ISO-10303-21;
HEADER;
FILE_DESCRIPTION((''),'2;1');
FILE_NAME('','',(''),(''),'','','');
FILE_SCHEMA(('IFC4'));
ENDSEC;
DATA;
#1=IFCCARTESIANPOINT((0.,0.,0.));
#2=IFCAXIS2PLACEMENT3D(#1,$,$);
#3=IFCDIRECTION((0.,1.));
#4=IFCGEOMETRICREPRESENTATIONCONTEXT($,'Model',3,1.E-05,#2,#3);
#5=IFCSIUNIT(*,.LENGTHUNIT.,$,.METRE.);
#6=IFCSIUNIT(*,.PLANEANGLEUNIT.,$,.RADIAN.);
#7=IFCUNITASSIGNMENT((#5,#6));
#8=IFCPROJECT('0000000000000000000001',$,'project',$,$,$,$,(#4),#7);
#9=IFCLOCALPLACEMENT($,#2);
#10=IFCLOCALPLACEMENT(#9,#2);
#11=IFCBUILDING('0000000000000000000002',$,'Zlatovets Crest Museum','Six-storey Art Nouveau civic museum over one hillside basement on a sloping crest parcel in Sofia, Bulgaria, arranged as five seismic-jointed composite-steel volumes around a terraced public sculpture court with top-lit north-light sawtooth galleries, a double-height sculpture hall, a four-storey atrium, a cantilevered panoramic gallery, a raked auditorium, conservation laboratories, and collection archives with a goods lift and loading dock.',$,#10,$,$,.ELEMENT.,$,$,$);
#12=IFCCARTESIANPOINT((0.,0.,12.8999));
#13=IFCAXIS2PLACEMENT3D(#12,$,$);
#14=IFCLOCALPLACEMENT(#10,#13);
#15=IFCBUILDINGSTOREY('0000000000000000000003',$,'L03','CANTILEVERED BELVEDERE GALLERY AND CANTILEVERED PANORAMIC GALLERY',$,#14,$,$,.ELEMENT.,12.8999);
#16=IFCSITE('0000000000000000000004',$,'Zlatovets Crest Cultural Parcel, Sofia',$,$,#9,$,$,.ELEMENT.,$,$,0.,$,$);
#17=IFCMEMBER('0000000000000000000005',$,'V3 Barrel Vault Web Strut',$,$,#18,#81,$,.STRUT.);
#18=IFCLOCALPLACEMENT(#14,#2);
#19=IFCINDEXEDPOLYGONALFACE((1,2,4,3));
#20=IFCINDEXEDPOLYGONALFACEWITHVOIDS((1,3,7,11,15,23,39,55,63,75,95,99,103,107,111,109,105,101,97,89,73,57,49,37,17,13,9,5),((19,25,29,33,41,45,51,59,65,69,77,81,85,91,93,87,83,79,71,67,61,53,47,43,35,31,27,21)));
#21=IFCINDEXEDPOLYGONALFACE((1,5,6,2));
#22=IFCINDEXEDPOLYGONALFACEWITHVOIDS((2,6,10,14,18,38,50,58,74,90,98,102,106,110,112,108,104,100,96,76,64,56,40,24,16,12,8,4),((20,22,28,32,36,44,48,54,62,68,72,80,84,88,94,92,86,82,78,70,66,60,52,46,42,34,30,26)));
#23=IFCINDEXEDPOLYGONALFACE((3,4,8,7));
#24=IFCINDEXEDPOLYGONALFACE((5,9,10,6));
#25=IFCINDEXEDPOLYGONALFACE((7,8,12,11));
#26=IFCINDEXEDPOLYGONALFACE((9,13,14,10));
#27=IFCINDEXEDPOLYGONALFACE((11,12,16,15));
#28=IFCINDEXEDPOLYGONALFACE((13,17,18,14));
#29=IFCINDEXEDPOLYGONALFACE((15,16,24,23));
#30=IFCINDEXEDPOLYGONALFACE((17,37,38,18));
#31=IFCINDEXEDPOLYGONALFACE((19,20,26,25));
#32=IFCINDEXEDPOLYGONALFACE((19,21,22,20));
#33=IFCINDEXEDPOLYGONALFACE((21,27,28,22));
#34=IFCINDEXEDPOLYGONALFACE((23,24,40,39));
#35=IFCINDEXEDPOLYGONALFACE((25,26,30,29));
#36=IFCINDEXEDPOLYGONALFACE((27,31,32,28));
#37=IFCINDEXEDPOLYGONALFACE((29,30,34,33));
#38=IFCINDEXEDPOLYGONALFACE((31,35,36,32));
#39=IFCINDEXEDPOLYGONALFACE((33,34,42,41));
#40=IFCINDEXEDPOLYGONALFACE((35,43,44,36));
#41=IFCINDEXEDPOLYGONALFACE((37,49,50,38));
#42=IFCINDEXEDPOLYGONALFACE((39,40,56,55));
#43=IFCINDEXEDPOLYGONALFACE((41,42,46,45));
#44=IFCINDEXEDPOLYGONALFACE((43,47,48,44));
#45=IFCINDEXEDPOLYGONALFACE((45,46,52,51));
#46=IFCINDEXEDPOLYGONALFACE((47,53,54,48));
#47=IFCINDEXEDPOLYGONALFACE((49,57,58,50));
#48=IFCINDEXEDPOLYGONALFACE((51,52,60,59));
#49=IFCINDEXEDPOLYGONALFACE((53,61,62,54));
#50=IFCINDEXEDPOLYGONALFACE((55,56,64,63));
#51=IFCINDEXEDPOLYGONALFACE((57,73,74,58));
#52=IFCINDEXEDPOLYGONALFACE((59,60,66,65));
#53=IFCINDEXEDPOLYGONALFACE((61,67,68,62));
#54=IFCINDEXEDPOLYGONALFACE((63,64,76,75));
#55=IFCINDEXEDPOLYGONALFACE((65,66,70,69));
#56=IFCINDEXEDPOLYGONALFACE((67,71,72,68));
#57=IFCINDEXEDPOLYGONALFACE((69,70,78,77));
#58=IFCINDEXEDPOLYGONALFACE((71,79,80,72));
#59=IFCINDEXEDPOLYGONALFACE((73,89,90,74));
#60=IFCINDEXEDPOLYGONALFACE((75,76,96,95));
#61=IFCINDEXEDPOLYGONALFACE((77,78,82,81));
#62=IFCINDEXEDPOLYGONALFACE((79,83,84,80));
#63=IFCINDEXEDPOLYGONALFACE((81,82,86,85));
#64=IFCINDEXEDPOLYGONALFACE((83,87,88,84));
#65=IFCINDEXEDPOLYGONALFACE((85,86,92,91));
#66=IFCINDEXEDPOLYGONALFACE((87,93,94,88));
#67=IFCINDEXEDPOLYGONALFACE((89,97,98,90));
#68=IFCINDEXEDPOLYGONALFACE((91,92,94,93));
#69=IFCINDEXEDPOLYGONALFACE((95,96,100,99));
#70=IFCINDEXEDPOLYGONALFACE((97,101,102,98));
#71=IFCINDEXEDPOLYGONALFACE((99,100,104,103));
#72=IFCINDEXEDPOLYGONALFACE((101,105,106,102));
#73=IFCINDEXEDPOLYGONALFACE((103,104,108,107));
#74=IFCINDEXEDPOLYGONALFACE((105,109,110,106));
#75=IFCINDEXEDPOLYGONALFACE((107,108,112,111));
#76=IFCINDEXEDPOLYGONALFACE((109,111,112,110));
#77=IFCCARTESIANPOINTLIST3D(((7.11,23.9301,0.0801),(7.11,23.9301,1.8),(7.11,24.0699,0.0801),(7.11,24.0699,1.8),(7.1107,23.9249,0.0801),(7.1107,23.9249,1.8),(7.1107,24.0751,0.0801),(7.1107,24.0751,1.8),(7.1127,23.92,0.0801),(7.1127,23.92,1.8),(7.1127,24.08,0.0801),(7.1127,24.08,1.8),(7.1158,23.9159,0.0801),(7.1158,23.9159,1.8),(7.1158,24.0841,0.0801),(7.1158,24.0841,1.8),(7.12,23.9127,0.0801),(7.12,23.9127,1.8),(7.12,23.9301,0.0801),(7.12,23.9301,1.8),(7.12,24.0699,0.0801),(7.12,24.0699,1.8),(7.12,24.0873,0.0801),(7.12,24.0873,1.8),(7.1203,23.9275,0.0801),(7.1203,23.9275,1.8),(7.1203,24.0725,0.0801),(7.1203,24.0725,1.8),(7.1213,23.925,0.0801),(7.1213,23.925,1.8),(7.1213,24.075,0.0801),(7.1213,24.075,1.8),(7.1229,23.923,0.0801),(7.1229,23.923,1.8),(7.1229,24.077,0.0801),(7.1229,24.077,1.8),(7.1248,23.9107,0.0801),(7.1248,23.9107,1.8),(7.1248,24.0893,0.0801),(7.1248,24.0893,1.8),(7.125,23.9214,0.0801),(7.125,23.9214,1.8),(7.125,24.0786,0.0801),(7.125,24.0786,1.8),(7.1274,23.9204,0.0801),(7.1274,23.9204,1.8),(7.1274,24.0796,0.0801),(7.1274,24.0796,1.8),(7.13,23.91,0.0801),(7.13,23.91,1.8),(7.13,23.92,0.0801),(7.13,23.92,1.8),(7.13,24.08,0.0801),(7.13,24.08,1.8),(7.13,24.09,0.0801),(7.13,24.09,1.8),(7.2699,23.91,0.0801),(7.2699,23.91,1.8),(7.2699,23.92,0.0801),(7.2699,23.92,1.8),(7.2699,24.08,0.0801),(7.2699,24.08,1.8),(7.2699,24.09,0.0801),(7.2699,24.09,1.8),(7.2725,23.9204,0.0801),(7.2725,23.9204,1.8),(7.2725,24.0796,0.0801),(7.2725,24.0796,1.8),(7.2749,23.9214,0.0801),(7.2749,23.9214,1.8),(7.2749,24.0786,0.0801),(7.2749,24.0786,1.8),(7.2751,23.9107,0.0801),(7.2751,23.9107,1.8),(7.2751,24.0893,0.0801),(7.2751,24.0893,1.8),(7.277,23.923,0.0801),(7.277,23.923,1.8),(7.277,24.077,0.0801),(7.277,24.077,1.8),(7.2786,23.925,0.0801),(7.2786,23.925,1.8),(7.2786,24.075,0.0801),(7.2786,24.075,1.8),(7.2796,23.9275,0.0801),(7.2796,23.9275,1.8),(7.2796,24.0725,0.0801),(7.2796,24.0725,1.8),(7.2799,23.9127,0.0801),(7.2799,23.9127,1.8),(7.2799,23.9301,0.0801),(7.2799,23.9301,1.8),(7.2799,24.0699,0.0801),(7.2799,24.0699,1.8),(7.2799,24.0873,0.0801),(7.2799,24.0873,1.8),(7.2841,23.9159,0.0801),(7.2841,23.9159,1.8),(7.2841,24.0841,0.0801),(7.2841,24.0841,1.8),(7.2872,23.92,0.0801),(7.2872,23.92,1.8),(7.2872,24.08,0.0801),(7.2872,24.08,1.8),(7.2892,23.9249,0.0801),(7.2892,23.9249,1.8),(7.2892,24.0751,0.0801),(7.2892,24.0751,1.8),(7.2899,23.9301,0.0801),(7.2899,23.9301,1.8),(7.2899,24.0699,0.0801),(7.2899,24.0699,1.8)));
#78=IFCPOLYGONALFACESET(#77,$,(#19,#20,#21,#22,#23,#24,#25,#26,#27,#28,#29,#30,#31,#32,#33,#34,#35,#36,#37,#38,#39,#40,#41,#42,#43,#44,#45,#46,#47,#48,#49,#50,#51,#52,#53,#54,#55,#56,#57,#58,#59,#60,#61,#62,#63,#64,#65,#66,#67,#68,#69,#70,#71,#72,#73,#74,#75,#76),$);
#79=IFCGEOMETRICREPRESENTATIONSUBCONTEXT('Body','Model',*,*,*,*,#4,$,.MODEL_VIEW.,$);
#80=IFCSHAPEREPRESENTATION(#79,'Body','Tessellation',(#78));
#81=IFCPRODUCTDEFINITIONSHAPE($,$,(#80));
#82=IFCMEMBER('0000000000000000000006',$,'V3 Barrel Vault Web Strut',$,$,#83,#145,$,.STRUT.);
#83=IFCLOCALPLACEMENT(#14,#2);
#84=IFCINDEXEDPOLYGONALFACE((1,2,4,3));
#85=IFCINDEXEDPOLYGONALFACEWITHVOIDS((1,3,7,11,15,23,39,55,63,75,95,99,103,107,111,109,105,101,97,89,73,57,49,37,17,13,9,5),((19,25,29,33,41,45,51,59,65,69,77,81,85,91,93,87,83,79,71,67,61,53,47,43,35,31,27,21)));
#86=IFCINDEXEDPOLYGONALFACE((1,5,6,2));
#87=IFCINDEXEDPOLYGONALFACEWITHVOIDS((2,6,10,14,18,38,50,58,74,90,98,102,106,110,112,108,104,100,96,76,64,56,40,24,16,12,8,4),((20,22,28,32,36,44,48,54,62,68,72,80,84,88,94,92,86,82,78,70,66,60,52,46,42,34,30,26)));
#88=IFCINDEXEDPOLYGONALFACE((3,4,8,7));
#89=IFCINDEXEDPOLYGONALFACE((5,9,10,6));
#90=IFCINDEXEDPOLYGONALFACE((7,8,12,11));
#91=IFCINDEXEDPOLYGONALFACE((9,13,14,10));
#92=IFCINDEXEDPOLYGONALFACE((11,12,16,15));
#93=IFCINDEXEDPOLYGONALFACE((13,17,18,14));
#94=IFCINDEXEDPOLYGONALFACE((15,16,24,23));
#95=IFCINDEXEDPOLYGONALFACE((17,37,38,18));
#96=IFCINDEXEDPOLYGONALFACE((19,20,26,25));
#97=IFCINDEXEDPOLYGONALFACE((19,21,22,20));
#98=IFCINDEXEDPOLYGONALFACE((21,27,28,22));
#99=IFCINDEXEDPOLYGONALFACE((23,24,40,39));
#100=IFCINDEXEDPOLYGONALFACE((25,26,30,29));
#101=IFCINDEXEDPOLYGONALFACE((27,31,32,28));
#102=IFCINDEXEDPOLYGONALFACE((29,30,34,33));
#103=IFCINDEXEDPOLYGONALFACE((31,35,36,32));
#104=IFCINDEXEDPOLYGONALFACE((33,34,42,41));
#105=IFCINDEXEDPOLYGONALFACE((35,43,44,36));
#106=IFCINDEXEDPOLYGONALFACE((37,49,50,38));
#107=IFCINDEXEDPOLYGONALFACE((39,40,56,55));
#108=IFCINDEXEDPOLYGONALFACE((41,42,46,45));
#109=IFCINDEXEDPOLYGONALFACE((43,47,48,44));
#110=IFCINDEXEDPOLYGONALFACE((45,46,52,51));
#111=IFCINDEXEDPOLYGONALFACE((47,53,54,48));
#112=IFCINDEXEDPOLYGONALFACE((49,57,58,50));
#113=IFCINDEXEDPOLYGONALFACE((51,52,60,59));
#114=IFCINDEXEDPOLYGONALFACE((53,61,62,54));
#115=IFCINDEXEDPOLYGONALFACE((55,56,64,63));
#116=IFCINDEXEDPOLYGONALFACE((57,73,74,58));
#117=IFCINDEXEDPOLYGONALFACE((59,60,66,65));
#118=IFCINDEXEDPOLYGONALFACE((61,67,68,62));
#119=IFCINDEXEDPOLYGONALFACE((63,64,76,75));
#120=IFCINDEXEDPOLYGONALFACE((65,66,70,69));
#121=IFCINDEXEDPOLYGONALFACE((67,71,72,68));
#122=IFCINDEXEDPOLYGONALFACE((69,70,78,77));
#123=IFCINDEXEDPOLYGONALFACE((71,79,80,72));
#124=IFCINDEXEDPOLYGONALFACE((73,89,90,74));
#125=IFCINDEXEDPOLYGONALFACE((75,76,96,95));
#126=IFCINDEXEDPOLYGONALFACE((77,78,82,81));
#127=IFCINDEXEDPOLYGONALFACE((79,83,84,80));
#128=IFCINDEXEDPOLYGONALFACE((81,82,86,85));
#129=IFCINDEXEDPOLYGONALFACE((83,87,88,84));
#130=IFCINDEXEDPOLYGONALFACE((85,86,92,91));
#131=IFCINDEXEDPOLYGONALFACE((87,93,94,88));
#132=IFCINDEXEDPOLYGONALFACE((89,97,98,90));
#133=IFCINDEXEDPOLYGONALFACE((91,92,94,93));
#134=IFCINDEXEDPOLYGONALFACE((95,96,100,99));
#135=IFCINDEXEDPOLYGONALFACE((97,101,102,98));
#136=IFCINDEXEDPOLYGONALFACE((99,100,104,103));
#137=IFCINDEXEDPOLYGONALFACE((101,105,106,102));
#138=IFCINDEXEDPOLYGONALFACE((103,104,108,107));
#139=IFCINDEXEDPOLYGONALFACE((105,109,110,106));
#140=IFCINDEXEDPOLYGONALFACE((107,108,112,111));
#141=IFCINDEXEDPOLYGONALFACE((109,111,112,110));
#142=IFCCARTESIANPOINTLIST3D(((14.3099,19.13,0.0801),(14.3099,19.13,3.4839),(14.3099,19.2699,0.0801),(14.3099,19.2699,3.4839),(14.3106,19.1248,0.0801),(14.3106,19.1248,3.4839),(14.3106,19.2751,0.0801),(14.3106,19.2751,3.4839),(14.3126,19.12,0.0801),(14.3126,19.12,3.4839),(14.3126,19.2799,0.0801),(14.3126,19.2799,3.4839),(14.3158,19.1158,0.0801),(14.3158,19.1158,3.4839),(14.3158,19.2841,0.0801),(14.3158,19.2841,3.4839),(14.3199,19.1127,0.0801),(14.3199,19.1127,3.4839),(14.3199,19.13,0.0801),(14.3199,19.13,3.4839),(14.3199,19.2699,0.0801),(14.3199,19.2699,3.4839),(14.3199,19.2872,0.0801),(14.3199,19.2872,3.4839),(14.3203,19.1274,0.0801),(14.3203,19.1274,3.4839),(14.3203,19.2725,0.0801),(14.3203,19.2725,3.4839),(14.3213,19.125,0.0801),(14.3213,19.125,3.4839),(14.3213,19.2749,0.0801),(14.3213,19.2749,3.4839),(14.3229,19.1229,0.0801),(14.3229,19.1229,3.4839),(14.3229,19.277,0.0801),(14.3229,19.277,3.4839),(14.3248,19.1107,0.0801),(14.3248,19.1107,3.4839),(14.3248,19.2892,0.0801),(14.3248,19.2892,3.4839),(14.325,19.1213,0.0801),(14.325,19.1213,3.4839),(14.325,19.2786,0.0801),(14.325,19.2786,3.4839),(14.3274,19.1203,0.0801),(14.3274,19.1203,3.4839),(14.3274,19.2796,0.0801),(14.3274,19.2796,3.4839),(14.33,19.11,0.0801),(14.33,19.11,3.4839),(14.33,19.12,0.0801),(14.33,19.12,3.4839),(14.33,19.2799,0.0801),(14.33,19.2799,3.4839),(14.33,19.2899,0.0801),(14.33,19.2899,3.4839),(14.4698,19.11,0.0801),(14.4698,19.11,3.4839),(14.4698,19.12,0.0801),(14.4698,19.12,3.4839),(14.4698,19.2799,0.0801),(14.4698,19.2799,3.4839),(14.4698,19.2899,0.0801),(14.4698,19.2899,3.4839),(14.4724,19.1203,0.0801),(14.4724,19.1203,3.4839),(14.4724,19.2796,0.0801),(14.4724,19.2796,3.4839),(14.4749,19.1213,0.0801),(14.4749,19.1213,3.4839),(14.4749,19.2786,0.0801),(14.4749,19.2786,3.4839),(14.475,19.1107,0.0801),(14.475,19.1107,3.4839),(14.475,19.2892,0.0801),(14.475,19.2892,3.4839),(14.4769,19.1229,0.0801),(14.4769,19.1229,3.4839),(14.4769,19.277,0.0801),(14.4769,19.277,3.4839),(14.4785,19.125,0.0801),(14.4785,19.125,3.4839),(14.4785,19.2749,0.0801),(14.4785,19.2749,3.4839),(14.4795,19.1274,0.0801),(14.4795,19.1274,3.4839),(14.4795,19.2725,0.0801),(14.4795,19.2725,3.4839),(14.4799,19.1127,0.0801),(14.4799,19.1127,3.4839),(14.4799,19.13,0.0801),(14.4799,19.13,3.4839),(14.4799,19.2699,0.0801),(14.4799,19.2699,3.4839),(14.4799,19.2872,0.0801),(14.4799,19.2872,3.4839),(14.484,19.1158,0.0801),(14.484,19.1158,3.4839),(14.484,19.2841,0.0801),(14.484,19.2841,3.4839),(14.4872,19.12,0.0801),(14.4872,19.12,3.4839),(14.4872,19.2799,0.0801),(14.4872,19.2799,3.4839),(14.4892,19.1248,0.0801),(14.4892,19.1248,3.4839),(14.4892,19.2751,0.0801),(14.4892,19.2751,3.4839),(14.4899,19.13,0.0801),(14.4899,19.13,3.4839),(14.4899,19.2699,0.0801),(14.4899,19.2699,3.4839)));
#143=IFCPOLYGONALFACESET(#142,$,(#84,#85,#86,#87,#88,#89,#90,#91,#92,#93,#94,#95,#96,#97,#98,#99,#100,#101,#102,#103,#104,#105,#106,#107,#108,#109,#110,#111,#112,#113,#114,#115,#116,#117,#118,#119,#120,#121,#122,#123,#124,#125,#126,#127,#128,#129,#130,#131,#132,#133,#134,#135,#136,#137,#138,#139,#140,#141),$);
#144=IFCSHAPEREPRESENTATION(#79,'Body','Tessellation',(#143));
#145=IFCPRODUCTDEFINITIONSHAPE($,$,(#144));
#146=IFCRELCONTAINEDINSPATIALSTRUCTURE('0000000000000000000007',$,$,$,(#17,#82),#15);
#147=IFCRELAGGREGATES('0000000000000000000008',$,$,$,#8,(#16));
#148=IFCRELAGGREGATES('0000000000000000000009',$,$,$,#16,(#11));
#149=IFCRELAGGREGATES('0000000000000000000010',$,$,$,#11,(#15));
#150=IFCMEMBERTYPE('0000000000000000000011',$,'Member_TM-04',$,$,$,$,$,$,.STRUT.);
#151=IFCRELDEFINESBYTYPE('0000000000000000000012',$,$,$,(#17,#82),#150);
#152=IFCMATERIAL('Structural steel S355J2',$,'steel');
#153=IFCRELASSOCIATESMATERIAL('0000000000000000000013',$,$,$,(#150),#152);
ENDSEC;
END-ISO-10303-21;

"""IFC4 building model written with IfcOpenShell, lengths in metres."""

from ifc_helpers import new_model, si_unit, direction, frame, origin, origin_2d, place, context, subcontext, project, spatial, hollow_rectangle, extrude, material, material_profile, profile_set, type_object, element, save


model = new_model("IFC4")

# Units and contexts
model_context = context("Model", 3, precision=1e-05, world=origin(), true_north=direction((0.0, 1.0)))
body_context = subcontext(model_context, "Body", "Model", "MODEL_VIEW")
ifc_project = project(units=[si_unit("LENGTHUNIT", "METRE"), si_unit("PLANEANGLEUNIT", "RADIAN")], contexts=[model_context])

# Site, building, storey
site_placement = place(None, origin())
site = spatial("IfcSite", under=ifc_project, at=site_placement, Name="Zlatovets Crest Cultural Parcel, Sofia", CompositionType="ELEMENT", RefElevation=0.0)
building_placement = place(site_placement, origin())
building = spatial("IfcBuilding", under=site, at=building_placement, Name="Zlatovets Crest Museum", Description="Six-storey Art Nouveau civic museum over one hillside basement on a sloping crest parcel in Sofia, Bulgaria, arranged as five seismic-jointed composite-steel volumes around a terraced public sculpture court with top-lit north-light sawtooth galleries, a double-height sculpture hall, a four-storey atrium, a cantilevered panoramic gallery, a raked auditorium, conservation laboratories, and collection archives with a goods lift and loading dock.", CompositionType="ELEMENT")
storey_placement = place(building_placement, frame((0.0, 0.0, 12.8999)))
storey = spatial("IfcBuildingStorey", under=building, at=storey_placement, Name="L03", Description="CANTILEVERED BELVEDERE GALLERY AND CANTILEVERED PANORAMIC GALLERY", CompositionType="ELEMENT", Elevation=12.8999)

# Shared definitions
ifc_material_1 = material(Name="Structural steel S355J2", Category="steel")

# Members
ifc_material_profile_1 = material_profile(ifc_material_1, hollow_rectangle(XDim=0.1799, YDim=0.1799, WallThickness=0.01, InnerFilletRadius=0.01, OuterFilletRadius=0.02, at=origin_2d()), Name="SHS 180x180x10.0")
ifc_profile_set_1 = profile_set([ifc_material_profile_1], Name="Structural steel S355J2")
member_type_1 = type_object("IfcMemberType", Name="Member_TM-04", PredefinedType="STRUT", material=ifc_profile_set_1)
member_1_placement = place(storey_placement, frame((7.2, 24.0, 0.0801), z_axis=(0.0, 0.0, 1.0), x_axis=(1.0, 0.0, 0.0)))
element("IfcMember", 1, at=member_1_placement, inside=storey, type_object=member_type_1, Name="V3 Barrel Vault Web Strut", PredefinedType="STRUT", context=body_context, shape_type="SweptSolid", body=[
    extrude(hollow_rectangle(XDim=0.1799, YDim=0.1799, WallThickness=0.01, InnerFilletRadius=0.01, OuterFilletRadius=0.02, at=origin_2d()), origin(), (0.0, 0.0, 1.0), 1.72),
])
member_2_placement = place(storey_placement, frame((14.3999, 19.2, 0.0801), z_axis=(0.0, 0.0, 1.0), x_axis=(1.0, 0.0, 0.0)))
element("IfcMember", 2, at=member_2_placement, inside=storey, type_object=member_type_1, Name="V3 Barrel Vault Web Strut", PredefinedType="STRUT", context=body_context, shape_type="SweptSolid", body=[
    extrude(hollow_rectangle(XDim=0.1799, YDim=0.1799, WallThickness=0.01, InnerFilletRadius=0.01, OuterFilletRadius=0.02, at=origin_2d()), origin(), (0.0, 0.0, 1.0), 3.4038),
])

save(model, "model.ifc")
